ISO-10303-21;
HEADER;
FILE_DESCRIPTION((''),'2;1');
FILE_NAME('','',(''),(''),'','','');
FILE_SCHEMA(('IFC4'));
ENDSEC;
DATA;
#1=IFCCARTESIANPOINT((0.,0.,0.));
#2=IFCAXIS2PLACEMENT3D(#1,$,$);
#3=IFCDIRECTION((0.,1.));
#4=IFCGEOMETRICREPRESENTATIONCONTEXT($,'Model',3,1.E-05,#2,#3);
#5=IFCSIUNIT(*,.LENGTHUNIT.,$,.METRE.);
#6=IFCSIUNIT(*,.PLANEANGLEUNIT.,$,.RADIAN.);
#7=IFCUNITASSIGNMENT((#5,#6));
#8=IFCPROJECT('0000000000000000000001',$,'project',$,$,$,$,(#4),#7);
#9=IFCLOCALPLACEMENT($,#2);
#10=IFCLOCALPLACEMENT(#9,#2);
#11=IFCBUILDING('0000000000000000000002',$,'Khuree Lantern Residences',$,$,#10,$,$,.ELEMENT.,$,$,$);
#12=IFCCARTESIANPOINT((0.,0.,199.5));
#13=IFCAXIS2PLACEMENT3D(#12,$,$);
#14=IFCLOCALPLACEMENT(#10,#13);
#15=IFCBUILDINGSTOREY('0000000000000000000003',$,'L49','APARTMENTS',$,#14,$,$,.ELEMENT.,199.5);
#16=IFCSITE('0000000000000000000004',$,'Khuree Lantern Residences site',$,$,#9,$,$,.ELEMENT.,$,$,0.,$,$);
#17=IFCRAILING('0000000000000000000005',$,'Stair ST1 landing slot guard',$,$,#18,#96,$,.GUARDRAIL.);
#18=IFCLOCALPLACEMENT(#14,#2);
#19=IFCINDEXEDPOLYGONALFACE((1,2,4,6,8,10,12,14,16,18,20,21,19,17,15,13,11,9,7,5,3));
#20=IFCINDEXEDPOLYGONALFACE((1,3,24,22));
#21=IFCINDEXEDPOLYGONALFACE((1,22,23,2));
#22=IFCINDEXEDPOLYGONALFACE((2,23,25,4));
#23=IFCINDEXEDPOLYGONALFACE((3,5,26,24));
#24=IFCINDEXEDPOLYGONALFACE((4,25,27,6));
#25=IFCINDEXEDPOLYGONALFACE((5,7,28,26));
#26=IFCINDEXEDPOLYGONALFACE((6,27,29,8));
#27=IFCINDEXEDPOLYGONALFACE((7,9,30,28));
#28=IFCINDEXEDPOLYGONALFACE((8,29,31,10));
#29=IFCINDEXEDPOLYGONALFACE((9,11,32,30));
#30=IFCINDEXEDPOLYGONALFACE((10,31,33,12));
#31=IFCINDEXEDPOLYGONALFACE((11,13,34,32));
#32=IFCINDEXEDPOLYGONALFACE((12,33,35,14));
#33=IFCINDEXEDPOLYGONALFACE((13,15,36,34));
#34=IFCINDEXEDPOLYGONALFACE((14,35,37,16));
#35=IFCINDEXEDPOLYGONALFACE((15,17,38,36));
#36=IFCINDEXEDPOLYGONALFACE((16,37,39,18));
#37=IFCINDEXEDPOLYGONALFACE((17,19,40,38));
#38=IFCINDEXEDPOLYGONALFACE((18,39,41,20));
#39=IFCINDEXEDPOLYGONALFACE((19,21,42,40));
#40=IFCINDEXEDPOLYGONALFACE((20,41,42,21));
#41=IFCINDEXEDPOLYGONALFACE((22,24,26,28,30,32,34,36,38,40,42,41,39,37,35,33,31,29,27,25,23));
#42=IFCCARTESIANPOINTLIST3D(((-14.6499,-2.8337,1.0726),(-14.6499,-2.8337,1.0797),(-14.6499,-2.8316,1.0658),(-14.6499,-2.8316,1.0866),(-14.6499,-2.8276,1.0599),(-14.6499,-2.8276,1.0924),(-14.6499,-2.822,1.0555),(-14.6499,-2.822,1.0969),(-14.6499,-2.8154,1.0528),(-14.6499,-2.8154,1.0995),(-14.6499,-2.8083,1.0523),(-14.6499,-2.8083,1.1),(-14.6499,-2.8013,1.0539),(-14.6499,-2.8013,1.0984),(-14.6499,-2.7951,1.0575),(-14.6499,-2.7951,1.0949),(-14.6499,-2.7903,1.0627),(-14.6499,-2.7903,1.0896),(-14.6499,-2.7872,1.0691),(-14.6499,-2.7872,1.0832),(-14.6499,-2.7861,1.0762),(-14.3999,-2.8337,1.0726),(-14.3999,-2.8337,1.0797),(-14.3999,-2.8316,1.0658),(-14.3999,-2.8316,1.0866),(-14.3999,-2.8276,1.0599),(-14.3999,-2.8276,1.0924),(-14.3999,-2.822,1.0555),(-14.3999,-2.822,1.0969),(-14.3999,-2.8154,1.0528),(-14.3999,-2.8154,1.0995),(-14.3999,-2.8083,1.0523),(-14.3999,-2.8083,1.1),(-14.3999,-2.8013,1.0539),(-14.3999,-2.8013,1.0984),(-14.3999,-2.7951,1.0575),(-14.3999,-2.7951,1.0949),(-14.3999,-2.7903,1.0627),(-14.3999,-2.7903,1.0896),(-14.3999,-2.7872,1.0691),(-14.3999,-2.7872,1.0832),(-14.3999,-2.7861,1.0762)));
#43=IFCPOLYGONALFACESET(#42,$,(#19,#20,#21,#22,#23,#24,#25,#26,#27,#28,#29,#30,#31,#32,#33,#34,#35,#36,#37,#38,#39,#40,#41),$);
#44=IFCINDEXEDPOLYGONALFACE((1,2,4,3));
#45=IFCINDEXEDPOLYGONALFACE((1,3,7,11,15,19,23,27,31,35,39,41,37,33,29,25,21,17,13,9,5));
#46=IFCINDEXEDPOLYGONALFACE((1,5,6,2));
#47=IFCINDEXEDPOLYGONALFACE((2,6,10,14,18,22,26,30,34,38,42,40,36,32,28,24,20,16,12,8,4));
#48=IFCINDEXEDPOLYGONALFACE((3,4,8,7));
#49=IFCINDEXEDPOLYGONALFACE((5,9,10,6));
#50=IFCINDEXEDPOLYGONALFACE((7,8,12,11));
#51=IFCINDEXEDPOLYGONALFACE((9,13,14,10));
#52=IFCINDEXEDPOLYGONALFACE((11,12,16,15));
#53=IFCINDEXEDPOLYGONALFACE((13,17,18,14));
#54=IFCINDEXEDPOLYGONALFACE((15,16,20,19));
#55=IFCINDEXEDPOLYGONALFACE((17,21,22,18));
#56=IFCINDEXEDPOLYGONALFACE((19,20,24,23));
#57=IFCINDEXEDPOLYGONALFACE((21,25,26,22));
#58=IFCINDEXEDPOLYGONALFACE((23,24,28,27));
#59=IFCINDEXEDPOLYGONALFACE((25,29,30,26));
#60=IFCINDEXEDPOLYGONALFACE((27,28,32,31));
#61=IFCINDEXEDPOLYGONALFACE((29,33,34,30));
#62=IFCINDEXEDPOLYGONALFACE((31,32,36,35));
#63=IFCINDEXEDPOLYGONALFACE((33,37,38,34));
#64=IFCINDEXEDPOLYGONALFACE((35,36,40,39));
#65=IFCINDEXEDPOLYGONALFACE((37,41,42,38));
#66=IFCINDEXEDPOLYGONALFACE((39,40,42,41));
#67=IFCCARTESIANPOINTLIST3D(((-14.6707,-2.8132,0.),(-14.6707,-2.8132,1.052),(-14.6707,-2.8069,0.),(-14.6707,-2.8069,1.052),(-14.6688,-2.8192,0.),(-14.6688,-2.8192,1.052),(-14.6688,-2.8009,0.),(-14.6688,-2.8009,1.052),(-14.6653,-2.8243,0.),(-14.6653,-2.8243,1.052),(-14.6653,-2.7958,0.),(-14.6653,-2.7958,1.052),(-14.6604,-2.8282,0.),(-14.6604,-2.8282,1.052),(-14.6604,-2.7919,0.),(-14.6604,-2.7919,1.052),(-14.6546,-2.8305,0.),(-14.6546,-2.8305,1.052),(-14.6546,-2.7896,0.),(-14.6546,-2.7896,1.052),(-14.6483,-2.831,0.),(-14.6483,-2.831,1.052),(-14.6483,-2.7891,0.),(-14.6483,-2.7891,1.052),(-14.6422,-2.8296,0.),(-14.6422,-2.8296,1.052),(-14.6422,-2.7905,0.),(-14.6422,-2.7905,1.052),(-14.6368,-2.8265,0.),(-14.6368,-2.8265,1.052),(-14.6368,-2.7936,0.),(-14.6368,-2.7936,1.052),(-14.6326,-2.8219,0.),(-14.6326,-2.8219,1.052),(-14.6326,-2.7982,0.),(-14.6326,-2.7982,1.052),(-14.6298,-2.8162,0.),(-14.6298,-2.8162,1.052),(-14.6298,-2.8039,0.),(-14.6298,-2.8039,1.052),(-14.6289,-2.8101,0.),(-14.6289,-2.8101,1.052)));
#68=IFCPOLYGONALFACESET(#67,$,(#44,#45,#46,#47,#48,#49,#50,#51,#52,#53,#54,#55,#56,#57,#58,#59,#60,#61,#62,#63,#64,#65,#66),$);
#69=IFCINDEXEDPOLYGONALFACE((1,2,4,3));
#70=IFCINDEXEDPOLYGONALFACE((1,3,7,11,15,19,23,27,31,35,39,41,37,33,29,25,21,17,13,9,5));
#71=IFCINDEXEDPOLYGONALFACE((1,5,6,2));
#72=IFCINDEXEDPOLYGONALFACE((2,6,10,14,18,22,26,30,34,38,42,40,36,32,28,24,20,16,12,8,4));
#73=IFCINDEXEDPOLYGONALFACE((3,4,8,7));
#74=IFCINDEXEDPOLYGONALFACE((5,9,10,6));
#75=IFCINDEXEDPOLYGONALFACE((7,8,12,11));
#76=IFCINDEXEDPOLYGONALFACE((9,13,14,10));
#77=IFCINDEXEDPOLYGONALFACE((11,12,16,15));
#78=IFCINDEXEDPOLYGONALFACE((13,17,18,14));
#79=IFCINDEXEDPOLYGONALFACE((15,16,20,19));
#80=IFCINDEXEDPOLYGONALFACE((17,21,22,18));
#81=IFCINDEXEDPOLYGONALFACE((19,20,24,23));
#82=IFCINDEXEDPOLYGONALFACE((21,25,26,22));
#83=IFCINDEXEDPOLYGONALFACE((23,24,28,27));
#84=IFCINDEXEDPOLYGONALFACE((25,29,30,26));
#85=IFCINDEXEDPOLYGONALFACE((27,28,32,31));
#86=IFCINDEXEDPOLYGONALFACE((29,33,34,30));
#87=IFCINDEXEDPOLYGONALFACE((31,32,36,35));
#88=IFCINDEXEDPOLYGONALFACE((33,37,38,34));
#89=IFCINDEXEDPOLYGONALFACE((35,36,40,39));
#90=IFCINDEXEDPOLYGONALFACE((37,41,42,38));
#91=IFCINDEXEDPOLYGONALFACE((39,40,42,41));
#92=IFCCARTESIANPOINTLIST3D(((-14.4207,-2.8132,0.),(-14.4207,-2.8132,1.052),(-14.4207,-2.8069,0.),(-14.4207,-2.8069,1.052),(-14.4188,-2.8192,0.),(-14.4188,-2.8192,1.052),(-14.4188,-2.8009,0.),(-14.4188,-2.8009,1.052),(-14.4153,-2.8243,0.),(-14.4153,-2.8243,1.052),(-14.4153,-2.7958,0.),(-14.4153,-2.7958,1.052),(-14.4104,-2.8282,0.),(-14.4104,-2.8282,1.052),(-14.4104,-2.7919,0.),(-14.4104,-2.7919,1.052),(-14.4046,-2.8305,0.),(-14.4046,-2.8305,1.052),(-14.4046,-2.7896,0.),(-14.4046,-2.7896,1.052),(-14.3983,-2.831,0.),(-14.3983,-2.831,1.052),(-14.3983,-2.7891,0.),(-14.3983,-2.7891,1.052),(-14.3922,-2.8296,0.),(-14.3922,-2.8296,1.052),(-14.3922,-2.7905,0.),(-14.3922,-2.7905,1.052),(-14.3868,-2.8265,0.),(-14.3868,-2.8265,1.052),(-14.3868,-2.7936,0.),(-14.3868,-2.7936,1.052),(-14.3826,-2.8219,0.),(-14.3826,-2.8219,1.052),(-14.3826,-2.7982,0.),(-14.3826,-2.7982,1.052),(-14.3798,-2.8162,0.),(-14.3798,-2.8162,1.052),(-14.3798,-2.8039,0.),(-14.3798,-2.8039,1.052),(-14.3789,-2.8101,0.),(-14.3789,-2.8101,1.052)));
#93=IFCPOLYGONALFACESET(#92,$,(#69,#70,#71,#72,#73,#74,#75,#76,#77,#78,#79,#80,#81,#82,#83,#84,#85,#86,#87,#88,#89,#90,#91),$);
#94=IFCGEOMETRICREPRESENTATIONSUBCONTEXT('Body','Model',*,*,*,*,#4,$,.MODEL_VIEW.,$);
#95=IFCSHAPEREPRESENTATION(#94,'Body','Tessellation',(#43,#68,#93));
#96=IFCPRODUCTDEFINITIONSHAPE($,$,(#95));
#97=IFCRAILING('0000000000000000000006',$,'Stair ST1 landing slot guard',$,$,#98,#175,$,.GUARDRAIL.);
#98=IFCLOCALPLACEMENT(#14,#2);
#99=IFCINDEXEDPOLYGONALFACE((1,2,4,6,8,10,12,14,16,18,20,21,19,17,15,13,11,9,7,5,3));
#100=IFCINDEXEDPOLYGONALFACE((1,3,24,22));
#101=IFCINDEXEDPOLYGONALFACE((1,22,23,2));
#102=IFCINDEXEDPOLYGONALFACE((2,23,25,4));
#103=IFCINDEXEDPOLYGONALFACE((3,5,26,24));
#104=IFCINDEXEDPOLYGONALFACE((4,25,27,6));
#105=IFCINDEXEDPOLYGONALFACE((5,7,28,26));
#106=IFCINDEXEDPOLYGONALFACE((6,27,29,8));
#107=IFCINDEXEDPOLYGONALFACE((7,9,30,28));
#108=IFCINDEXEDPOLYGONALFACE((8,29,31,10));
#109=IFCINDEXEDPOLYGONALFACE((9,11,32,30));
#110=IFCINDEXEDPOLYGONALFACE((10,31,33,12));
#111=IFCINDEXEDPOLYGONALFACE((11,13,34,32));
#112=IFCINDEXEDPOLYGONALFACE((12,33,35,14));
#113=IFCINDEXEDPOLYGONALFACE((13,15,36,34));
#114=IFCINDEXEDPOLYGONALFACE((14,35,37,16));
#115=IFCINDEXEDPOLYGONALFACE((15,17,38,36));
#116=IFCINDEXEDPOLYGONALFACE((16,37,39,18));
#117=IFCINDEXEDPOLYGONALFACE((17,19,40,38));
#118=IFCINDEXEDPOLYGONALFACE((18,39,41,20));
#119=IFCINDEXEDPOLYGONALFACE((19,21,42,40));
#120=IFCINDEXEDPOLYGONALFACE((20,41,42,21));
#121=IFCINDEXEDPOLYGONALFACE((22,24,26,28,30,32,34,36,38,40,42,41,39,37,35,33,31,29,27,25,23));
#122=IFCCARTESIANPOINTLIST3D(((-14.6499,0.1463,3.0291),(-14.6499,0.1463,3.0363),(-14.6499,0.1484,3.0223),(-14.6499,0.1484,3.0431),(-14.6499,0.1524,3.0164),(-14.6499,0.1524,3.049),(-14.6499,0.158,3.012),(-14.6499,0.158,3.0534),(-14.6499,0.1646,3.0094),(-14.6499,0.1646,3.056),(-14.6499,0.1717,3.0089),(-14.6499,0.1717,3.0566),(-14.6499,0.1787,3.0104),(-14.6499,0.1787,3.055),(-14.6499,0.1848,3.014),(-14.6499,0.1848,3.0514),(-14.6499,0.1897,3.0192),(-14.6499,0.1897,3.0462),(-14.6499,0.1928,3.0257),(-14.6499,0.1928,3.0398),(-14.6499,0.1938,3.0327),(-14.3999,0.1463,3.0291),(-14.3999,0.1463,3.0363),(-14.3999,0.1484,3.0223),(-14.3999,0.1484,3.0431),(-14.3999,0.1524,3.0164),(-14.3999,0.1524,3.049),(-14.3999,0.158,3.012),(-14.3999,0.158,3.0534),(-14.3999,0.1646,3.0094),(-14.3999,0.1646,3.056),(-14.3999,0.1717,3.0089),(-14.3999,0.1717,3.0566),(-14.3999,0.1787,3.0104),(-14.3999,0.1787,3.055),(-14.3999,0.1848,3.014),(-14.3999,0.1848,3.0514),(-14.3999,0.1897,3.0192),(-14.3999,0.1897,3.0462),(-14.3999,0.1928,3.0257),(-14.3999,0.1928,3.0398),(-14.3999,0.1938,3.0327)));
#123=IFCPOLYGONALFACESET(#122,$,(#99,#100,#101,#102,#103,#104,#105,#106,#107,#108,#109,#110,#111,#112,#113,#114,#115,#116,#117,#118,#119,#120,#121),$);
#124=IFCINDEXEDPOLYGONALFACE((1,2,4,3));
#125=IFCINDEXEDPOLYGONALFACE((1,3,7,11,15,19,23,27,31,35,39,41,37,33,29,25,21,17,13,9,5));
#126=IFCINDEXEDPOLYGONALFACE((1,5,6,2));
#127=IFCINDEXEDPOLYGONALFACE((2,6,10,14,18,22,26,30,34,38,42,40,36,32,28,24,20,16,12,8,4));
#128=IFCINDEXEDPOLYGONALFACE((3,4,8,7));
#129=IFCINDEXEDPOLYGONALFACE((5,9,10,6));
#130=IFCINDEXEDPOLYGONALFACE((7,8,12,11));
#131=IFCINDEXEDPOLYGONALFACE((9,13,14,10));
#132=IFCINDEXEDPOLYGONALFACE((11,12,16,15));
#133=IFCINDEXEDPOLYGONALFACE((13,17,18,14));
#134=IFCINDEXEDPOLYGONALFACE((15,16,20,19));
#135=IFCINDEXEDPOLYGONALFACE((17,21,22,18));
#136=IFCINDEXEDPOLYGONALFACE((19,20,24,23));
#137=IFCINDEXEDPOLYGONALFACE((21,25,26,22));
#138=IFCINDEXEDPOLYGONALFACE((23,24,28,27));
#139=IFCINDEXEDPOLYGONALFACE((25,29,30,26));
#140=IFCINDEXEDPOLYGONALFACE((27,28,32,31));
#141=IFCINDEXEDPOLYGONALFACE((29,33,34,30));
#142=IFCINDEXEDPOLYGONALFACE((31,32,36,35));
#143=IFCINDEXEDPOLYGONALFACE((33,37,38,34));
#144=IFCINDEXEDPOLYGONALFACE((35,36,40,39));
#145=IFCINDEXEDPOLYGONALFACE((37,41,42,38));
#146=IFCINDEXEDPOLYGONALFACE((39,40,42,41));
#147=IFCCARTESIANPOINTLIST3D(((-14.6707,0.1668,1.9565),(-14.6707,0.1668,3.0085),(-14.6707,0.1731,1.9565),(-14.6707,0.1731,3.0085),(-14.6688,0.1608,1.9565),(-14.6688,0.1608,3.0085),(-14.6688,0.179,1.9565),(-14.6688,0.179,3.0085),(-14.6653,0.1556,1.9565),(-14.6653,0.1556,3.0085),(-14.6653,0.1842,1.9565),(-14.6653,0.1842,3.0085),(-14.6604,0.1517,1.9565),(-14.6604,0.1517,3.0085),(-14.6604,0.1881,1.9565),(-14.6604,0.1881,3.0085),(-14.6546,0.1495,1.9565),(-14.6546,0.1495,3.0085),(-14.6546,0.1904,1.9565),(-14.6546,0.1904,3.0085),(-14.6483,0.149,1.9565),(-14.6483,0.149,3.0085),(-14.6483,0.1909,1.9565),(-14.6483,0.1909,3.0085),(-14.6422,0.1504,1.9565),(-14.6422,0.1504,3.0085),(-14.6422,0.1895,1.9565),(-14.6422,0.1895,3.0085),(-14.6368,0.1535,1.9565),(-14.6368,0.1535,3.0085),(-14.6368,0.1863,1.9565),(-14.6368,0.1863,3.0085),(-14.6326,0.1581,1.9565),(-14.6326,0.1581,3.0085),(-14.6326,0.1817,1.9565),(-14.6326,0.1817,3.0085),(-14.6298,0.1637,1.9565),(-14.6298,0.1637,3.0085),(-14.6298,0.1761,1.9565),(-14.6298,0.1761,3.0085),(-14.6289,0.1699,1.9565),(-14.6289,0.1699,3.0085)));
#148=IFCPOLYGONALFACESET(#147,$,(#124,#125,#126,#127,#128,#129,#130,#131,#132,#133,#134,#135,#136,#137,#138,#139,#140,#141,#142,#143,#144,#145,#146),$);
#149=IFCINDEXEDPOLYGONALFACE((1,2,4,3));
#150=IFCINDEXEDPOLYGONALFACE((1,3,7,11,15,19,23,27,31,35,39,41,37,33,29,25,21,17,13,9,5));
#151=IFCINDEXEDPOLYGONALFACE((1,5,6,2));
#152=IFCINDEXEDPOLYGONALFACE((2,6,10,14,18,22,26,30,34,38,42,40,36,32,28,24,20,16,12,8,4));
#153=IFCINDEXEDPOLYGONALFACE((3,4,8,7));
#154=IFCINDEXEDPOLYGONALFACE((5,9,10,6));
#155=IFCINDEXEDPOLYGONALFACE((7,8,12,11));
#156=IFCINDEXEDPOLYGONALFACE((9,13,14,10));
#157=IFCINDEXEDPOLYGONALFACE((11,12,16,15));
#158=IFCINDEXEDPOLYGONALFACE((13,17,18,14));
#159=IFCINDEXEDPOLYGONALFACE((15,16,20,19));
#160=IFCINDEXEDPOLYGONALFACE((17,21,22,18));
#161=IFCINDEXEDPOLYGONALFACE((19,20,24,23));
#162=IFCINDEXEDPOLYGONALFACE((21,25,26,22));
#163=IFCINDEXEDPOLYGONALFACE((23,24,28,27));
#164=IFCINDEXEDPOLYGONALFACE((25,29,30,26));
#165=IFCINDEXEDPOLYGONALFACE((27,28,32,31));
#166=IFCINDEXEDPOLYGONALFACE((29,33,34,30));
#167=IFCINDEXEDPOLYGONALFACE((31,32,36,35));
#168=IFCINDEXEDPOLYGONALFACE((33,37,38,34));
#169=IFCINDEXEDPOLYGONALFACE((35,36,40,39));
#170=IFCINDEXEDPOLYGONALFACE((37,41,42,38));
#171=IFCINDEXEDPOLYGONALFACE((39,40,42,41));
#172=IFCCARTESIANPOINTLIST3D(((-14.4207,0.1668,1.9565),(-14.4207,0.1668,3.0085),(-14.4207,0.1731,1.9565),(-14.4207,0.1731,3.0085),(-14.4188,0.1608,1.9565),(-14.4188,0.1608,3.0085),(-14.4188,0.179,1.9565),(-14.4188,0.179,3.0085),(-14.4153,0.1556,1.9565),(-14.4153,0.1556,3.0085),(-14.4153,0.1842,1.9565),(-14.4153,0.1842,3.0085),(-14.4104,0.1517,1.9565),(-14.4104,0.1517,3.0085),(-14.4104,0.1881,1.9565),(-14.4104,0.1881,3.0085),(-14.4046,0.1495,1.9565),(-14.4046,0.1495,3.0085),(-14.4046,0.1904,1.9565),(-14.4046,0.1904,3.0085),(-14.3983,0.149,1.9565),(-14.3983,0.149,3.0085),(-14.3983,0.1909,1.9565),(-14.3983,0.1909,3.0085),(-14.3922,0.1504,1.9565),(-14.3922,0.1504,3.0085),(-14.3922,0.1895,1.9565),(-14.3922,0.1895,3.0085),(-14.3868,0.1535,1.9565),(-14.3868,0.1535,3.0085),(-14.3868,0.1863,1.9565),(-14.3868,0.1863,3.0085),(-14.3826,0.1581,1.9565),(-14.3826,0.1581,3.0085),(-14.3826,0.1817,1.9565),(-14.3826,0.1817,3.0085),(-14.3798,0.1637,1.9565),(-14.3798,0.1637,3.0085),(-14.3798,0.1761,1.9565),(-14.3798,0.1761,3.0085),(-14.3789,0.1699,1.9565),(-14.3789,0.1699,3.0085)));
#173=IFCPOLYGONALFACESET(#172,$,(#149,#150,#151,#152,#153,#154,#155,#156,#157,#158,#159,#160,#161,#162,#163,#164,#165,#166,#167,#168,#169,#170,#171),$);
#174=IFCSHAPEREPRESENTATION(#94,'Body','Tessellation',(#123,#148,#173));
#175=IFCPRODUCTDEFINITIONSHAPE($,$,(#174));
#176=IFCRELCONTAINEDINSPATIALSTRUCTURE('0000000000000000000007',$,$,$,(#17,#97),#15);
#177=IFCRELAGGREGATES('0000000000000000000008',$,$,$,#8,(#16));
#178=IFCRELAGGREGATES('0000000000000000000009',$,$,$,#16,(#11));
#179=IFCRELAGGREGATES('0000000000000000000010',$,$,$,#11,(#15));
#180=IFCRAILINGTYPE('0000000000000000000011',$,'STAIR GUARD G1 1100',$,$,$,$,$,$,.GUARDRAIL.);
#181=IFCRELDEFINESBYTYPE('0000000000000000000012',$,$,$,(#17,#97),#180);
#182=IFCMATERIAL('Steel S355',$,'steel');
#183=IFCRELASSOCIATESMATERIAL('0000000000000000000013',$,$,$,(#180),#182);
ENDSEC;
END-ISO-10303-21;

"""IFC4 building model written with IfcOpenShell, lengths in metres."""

from ifc_helpers import new_model, si_unit, direction, frame, origin, origin_2d, place, context, subcontext, project, spatial, circle, extrude, material, type_object, element, save


model = new_model("IFC4")

# Units and contexts
model_context = context("Model", 3, precision=1e-05, world=origin(), true_north=direction((0.0, 1.0)))
body_context = subcontext(model_context, "Body", "Model", "MODEL_VIEW")
ifc_project = project(units=[si_unit("LENGTHUNIT", "METRE"), si_unit("PLANEANGLEUNIT", "RADIAN")], contexts=[model_context])

# Site, building, storey
site_placement = place(None, origin())
site = spatial("IfcSite", under=ifc_project, at=site_placement, Name="Khuree Lantern Residences site", CompositionType="ELEMENT", RefElevation=0.0)
building_placement = place(site_placement, origin())
building = spatial("IfcBuilding", under=site, at=building_placement, Name="Khuree Lantern Residences", CompositionType="ELEMENT")
storey_placement = place(building_placement, frame((0.0, 0.0, 199.5)))
storey = spatial("IfcBuildingStorey", under=building, at=storey_placement, Name="L49", Description="APARTMENTS", CompositionType="ELEMENT", Elevation=199.5)

# Railings
ifc_material_1 = material(Name="Steel S355", Category="steel")
railing_type = type_object("IfcRailingType", Name="STAIR GUARD G1 1100", PredefinedType="GUARDRAIL", material=ifc_material_1)
for number, where, name in (
    (1, (-14.6499, -2.8101, 0.0), "Stair ST1 landing slot guard"),
    (2, (-14.6499, 0.1699, 1.9565), "Stair ST1 landing slot guard"),
):
    element("IfcRailing", number, at=place(storey_placement, frame(where)), inside=storey, type_object=railing_type, Name=name, PredefinedType="GUARDRAIL", context=body_context, shape_type="SweptSolid", body=[
        extrude(circle(Radius=0.0239, at=origin_2d()), frame((0.0, 0.0, 1.0762), z_axis=(1.0, 0.0, 0.0), x_axis=(0.0, 1.0, 0.0)), (0.0, 0.0, 1.0), 0.25),
        extrude(circle(Radius=0.021, at=origin_2d()), origin(), (0.0, 0.0, 1.0), 1.052),
        extrude(circle(Radius=0.021, at=origin_2d()), frame((0.25, 0.0, 0.0)), (0.0, 0.0, 1.0), 1.052),
    ])

save(model, "model.ifc")
